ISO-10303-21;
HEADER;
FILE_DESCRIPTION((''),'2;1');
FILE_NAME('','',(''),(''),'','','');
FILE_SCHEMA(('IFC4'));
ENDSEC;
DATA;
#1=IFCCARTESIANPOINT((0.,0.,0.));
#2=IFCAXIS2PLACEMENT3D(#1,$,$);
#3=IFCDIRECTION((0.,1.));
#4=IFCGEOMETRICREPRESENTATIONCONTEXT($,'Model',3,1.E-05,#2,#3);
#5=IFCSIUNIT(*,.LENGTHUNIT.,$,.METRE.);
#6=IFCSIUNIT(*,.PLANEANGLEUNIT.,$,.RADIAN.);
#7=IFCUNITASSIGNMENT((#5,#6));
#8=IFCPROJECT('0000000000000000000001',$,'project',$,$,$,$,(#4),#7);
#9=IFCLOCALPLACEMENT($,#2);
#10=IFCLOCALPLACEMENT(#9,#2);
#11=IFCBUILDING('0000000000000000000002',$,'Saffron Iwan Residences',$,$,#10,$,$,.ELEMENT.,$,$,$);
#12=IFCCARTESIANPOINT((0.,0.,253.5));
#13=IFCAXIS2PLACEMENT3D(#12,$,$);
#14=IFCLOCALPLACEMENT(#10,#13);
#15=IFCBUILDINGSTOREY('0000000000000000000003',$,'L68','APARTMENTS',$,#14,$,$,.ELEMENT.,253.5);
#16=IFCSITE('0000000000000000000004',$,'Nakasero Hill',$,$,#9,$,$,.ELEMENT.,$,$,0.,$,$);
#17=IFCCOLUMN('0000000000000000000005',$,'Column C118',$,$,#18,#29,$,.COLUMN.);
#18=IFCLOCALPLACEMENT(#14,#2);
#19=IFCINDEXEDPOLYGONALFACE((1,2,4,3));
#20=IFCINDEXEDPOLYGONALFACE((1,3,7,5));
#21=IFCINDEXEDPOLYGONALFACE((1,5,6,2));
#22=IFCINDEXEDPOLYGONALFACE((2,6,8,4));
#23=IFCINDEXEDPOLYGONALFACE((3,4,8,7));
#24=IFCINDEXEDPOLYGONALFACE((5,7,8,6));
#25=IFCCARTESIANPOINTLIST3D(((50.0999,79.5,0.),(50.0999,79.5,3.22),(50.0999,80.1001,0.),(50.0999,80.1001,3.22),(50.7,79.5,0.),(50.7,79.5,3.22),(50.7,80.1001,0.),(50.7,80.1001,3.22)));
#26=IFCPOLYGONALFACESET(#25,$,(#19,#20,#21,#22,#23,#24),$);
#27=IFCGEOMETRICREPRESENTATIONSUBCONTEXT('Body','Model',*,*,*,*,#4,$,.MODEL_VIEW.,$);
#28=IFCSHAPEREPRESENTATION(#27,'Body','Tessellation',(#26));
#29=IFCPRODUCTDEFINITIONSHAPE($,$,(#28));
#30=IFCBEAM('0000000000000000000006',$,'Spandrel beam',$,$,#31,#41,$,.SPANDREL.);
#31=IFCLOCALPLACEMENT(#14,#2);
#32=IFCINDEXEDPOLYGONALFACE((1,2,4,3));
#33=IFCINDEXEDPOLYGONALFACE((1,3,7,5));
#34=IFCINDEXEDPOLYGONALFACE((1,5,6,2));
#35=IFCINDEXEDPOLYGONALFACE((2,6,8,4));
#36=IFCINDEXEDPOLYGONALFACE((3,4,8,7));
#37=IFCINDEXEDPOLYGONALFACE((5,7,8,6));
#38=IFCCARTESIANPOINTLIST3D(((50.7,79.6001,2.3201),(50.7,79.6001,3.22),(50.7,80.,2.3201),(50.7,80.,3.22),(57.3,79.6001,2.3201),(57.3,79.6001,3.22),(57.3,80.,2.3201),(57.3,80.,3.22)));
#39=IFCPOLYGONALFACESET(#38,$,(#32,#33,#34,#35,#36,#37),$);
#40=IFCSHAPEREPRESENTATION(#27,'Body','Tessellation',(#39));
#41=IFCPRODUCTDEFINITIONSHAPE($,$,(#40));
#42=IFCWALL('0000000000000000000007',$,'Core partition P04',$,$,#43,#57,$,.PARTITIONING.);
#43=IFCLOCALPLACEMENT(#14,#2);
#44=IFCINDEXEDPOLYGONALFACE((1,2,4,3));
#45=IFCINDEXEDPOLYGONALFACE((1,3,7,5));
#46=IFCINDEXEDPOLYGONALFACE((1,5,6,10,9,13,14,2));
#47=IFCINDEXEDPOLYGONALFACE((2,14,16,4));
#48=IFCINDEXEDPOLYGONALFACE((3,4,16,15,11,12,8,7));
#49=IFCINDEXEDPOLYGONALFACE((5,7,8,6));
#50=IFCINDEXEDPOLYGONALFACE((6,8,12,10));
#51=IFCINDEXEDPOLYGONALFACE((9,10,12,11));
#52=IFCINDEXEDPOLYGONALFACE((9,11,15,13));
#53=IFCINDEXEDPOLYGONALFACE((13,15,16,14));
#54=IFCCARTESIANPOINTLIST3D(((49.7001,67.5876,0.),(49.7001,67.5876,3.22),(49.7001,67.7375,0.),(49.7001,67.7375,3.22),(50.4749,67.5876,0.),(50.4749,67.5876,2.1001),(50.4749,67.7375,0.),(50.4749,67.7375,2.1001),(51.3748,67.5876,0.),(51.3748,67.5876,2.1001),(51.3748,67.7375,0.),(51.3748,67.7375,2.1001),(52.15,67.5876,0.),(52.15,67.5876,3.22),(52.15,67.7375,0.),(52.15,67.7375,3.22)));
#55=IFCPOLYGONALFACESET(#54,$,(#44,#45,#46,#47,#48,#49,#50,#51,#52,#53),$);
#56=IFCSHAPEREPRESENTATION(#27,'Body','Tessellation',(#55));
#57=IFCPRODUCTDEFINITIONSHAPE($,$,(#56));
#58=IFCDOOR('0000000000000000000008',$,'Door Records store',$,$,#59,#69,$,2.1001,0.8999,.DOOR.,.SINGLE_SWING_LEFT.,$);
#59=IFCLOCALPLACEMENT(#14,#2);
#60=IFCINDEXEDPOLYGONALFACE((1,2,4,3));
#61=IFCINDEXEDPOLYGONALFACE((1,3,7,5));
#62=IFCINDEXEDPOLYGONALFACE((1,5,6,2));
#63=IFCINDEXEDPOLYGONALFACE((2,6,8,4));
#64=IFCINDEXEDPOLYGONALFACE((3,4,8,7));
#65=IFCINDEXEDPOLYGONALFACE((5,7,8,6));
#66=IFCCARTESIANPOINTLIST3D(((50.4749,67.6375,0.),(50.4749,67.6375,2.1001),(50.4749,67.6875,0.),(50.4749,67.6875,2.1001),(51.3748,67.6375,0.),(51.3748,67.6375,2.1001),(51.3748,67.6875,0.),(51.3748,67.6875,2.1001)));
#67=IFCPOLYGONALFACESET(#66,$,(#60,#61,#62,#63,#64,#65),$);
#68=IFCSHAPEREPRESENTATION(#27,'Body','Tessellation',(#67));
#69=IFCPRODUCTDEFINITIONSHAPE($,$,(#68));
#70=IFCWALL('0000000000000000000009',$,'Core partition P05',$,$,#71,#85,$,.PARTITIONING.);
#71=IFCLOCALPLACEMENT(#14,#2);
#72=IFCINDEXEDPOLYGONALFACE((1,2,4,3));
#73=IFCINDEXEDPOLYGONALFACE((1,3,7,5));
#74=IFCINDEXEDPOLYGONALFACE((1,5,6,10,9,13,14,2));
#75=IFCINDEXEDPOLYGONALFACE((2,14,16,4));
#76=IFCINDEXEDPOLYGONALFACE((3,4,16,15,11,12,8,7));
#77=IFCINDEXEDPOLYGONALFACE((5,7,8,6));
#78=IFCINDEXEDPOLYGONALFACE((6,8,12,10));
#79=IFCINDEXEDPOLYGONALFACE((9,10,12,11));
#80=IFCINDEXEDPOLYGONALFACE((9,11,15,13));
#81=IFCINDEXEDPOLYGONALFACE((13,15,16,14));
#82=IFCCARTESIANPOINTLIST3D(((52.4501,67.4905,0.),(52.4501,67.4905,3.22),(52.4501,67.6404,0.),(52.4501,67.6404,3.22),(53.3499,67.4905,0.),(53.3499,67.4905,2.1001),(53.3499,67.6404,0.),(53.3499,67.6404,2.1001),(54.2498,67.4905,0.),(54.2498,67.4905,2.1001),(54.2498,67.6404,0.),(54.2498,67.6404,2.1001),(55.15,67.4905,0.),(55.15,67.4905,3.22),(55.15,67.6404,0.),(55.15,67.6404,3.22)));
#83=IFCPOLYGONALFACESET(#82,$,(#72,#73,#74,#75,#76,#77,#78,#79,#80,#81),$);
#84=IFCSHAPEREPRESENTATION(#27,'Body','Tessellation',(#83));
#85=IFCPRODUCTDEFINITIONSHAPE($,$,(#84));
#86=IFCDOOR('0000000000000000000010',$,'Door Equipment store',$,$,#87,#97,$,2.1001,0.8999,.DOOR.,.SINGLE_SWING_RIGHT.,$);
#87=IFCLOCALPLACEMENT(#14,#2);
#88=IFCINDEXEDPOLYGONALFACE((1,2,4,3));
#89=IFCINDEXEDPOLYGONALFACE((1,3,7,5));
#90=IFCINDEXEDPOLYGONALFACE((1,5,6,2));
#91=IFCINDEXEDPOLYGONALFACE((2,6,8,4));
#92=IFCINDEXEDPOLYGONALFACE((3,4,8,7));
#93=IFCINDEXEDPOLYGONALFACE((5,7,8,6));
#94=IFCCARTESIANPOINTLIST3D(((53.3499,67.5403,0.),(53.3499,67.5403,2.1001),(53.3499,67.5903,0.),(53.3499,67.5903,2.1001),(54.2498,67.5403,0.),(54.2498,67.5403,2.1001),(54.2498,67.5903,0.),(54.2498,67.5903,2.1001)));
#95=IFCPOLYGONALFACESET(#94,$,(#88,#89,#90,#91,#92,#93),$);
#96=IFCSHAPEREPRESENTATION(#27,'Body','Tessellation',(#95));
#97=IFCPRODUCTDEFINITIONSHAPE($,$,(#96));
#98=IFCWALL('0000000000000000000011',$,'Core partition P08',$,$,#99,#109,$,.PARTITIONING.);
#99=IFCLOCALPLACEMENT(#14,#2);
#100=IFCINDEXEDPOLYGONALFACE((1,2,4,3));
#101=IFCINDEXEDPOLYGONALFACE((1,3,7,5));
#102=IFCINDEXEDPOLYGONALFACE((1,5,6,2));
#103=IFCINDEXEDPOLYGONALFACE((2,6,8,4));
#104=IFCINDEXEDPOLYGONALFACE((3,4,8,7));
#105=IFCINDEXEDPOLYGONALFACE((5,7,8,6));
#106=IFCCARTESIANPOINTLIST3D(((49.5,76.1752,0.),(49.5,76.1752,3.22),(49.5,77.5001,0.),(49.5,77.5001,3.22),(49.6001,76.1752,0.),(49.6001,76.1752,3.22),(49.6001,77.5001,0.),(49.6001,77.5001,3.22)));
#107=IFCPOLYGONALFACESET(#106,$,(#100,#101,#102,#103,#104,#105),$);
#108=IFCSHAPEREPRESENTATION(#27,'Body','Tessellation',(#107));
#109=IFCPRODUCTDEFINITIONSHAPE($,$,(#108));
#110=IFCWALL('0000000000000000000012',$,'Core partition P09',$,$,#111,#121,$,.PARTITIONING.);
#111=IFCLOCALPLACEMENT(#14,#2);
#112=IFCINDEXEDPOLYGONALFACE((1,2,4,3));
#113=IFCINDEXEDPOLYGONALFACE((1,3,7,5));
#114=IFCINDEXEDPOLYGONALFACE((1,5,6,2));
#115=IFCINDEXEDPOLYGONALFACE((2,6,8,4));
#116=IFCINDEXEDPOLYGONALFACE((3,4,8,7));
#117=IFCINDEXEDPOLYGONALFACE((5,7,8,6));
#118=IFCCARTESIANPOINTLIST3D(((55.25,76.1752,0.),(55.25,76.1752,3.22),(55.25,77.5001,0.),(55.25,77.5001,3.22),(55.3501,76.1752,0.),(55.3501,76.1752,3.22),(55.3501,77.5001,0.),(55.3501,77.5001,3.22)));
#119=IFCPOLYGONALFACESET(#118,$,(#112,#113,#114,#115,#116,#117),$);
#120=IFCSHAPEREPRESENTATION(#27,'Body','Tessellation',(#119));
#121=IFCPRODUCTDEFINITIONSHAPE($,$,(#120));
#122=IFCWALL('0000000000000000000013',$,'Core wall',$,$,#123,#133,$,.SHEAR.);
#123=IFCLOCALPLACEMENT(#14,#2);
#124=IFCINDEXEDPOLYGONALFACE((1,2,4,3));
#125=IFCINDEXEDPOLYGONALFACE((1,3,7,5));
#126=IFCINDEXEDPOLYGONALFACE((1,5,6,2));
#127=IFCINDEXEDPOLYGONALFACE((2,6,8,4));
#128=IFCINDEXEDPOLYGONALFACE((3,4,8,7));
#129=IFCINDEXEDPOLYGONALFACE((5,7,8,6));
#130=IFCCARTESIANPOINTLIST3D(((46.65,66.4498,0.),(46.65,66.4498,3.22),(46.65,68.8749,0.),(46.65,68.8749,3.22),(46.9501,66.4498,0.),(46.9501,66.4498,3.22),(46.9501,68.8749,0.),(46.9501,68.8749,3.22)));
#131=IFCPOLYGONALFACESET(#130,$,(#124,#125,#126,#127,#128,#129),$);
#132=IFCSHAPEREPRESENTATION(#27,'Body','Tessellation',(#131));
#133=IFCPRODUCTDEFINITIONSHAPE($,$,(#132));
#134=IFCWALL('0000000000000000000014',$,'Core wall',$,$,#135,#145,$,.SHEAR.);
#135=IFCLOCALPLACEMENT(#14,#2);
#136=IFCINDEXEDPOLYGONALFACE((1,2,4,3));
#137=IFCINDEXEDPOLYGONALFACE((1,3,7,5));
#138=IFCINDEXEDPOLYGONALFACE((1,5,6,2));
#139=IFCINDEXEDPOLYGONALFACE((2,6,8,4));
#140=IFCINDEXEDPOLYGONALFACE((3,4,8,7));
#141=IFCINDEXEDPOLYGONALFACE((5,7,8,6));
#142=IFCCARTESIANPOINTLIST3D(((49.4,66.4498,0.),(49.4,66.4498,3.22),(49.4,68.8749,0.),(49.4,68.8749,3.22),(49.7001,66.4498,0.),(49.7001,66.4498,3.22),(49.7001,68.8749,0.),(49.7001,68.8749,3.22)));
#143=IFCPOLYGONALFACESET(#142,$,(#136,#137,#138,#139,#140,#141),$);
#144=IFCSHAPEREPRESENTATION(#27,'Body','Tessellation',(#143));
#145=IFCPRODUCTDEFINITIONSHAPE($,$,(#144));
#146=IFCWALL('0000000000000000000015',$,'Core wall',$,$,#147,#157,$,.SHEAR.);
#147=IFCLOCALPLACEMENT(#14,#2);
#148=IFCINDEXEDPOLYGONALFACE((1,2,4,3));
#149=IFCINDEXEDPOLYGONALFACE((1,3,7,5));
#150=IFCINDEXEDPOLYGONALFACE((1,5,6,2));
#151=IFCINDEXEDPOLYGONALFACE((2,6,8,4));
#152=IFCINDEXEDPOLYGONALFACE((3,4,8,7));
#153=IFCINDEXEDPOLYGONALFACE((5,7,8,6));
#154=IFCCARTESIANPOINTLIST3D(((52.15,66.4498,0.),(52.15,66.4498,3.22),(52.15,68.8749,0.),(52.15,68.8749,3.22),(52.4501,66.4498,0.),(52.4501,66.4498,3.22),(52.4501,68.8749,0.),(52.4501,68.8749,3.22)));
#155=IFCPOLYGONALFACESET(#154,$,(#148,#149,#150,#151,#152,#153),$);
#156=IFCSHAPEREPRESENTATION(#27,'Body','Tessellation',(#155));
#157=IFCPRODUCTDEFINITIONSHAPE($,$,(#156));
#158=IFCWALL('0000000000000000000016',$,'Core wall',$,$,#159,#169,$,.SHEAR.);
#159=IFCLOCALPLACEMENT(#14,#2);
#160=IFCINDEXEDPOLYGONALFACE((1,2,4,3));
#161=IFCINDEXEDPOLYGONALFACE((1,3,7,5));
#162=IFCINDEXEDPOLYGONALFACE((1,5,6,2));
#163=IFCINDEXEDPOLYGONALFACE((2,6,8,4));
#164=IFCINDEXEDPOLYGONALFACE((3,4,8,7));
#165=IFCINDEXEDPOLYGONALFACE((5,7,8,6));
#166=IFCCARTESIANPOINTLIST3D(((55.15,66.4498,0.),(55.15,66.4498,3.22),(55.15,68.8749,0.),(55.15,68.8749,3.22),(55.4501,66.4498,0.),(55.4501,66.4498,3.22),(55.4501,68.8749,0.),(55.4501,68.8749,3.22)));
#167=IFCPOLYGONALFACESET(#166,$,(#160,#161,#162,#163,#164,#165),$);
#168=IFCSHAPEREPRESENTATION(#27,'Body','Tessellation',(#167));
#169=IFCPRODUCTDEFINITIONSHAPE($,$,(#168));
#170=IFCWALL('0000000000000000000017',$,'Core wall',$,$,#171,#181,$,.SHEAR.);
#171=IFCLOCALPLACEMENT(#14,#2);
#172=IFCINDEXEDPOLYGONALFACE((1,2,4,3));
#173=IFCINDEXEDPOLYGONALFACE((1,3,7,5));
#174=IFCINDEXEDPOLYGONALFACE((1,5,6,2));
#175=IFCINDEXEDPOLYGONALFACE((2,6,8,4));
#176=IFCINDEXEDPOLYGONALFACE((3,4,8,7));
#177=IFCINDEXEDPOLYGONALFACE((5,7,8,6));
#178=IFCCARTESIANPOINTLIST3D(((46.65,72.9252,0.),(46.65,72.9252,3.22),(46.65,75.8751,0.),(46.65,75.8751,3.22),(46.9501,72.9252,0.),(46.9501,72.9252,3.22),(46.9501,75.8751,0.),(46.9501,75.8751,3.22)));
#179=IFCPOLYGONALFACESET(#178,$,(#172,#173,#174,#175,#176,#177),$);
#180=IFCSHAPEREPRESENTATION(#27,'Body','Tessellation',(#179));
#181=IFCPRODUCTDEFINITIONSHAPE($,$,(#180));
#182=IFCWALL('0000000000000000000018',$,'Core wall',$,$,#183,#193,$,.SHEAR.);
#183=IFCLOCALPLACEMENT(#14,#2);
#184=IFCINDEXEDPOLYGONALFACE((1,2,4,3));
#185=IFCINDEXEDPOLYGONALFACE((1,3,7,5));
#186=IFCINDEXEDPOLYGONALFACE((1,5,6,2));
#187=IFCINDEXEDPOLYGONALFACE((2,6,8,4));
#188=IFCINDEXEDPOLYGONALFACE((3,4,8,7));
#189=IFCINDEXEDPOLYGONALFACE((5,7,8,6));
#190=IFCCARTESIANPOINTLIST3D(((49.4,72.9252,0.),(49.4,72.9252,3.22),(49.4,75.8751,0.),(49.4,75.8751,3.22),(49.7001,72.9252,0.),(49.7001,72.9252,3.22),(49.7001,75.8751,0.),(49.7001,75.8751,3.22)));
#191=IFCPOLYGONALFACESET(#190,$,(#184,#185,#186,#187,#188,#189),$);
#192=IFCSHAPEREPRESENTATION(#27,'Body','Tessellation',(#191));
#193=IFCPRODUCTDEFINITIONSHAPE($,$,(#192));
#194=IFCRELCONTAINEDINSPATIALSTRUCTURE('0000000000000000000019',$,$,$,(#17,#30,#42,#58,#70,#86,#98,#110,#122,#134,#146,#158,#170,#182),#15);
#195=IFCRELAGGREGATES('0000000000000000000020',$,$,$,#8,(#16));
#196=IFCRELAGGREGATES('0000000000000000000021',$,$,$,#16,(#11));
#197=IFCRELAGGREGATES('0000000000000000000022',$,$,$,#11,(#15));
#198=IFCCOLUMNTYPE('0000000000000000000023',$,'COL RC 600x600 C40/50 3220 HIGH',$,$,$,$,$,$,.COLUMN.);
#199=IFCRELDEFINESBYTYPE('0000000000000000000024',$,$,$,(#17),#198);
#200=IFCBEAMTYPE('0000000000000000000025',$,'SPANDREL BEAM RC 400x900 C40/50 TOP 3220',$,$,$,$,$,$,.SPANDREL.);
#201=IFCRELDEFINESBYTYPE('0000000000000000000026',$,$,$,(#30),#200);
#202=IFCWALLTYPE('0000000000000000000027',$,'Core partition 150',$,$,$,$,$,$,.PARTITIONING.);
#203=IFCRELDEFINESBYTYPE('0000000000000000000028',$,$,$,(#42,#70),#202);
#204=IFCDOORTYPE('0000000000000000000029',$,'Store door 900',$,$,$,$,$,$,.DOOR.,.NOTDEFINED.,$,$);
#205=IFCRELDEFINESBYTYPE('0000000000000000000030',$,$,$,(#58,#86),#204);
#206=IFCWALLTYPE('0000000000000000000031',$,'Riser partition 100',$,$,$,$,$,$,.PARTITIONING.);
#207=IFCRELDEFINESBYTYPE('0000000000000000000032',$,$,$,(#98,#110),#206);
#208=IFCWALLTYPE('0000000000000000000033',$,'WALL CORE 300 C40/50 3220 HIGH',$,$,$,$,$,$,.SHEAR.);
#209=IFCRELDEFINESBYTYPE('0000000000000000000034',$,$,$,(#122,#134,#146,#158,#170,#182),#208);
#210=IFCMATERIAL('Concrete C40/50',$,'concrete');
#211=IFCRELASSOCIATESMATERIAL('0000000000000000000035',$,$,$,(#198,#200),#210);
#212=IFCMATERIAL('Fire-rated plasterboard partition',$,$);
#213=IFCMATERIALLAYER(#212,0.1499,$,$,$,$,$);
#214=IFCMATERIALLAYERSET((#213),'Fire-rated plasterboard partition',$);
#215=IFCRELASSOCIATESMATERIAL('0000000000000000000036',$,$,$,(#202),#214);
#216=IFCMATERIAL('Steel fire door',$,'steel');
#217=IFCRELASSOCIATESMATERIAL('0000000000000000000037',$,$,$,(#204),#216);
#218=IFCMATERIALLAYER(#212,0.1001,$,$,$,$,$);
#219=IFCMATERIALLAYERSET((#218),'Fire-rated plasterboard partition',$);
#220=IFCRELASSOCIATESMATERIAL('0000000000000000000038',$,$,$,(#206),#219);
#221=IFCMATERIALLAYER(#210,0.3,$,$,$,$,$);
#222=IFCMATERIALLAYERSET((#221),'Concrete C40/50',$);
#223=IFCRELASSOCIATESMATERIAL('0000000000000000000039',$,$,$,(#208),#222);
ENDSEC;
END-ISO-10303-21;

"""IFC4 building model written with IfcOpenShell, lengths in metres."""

from ifc_helpers import new_model, si_unit, direction, frame, frame_2d, origin, origin_2d, place, context, subcontext, project, spatial, rectangle, extrude, source, transform, mapped, material, layer, layer_set, material_profile, profile_set, type_object, element, fill, save


model = new_model("IFC4")

# Units and contexts
model_context = context("Model", 3, precision=1e-05, world=origin(), true_north=direction((0.0, 1.0)))
body_context = subcontext(model_context, "Body", "Model", "MODEL_VIEW")
ifc_project = project(units=[si_unit("LENGTHUNIT", "METRE"), si_unit("PLANEANGLEUNIT", "RADIAN")], contexts=[model_context])

# Site, building, storey
site_placement = place(None, origin())
site = spatial("IfcSite", under=ifc_project, at=site_placement, Name="Nakasero Hill", CompositionType="ELEMENT", RefElevation=0.0)
building_placement = place(site_placement, origin())
building = spatial("IfcBuilding", under=site, at=building_placement, Name="Saffron Iwan Residences", CompositionType="ELEMENT")
storey_placement = place(building_placement, frame((0.0, 0.0, 253.5)))
storey = spatial("IfcBuildingStorey", under=building, at=storey_placement, Name="L68", Description="APARTMENTS", CompositionType="ELEMENT", Elevation=253.5)

# Column
ifc_material_1 = material(Name="Concrete C40/50", Category="concrete")
ifc_material_profile_1 = material_profile(ifc_material_1, rectangle(XDim=0.6001, YDim=0.6001, at=origin_2d()), Name="RC 600x600")
ifc_profile_set_1 = profile_set([ifc_material_profile_1], Name="Concrete C40/50")
column_type = type_object("IfcColumnType", Name="COL RC 600x600 C40/50 3220 HIGH", PredefinedType="COLUMN", material=ifc_profile_set_1)
shared_shape_1 = source(origin(), body_context, "Body", "SweptSolid", [
    extrude(rectangle(XDim=0.6001, YDim=0.6001, at=origin_2d()), origin(), (0.0, 0.0, 1.0), 3.22),
])
column_placement = place(storey_placement, frame((50.3999, 79.8, 0.0), z_axis=(0.0, 0.0, 1.0), x_axis=(1.0, 0.0, 0.0)))
element("IfcColumn", 1, at=column_placement, inside=storey, type_object=column_type, Name="Column C118", PredefinedType="COLUMN", context=body_context, shape_type="MappedRepresentation", body=[
    mapped(shared_shape_1, transform((0.0, 0.0, 0.0))),
])

# Beam
ifc_material_profile_2 = material_profile(ifc_material_1, rectangle(XDim=0.3999, YDim=0.8999, at=origin_2d()), Name="RC 400x900")
ifc_profile_set_2 = profile_set([ifc_material_profile_2], Name="Concrete C40/50")
beam_type = type_object("IfcBeamType", Name="SPANDREL BEAM RC 400x900 C40/50 TOP 3220", PredefinedType="SPANDREL", material=ifc_profile_set_2)
shared_shape_2 = source(origin(), body_context, "Body", "SweptSolid", [
    extrude(rectangle(XDim=0.3999, YDim=0.8999, at=origin_2d()), origin(), (0.0, 0.0, 1.0), 6.6001),
])
beam_placement = place(storey_placement, frame((50.7, 79.8, 2.77), z_axis=(1.0, 0.0, 0.0), x_axis=(0.0, 1.0, 0.0)))
element("IfcBeam", 2, at=beam_placement, inside=storey, type_object=beam_type, Name="Spandrel beam", PredefinedType="SPANDREL", context=body_context, shape_type="MappedRepresentation", body=[
    mapped(shared_shape_2, transform((0.0, 0.0, 0.0))),
])

# Walls, openings, doors
ifc_material_2 = material(Name="Fire-rated plasterboard partition")
ifc_layer_1 = layer(ifc_material_2, 0.1499)
ifc_layer_set_1 = layer_set([ifc_layer_1], Name="Fire-rated plasterboard partition")
wall_type_1 = type_object("IfcWallType", Name="Core partition 150", PredefinedType="PARTITIONING", material=ifc_layer_set_1)
wall_1_placement = place(storey_placement, frame((49.7, 67.6626, 0.0), z_axis=(0.0, 0.0, 1.0), x_axis=(1.0, 0.0, 0.0)))
wall_1 = element("IfcWall", 3, at=wall_1_placement, inside=storey, type_object=wall_type_1, Name="Core partition P04", PredefinedType="PARTITIONING", context=body_context, shape_type="SweptSolid", body=[
    extrude(rectangle(XDim=2.45, YDim=0.1499, at=frame_2d((1.2251, 0.0))), origin(), (0.0, 0.0, 1.0), 3.22),
])
opening_1_placement = place(wall_1_placement, frame((0.7749, 0.0, 0.0)))
opening_1 = element("IfcOpeningElement", 4, at=opening_1_placement, cuts=wall_1, PredefinedType="OPENING", context=body_context, shape_type="SweptSolid", body=[
    extrude(rectangle(XDim=0.8999, YDim=2.1001, at=frame_2d((0.45, 1.05))), frame((0.0, 0.085, 0.0), z_axis=(0.0, -1.0, 0.0), x_axis=(1.0, 0.0, 0.0)), (0.0, 0.0, 1.0), 0.1699),
])
ifc_material_3 = material(Name="Steel fire door", Category="steel")
door_type = type_object("IfcDoorType", Name="Store door 900", OperationType="NOTDEFINED", PredefinedType="DOOR", material=ifc_material_3)
door_1_placement = place(opening_1_placement, origin())
door_1 = element("IfcDoor", 5, at=door_1_placement, inside=storey, type_object=door_type, Name="Door Records store", OperationType="SINGLE_SWING_LEFT", OverallHeight=2.1001, OverallWidth=0.8999, PredefinedType="DOOR", context=body_context, shape_type="SweptSolid", body=[
    extrude(rectangle(XDim=0.8999, YDim=2.1001, at=frame_2d((0.45, 1.05))), frame((0.0, 0.0249, 0.0), z_axis=(0.0, -1.0, 0.0), x_axis=(1.0, 0.0, 0.0)), (0.0, 0.0, 1.0), 0.05),
])
fill(opening_1, door_1)
wall_2_placement = place(storey_placement, frame((52.45, 67.5654, 0.0), z_axis=(0.0, 0.0, 1.0), x_axis=(1.0, 0.0, 0.0)))
wall_2 = element("IfcWall", 6, at=wall_2_placement, inside=storey, type_object=wall_type_1, Name="Core partition P05", PredefinedType="PARTITIONING", context=body_context, shape_type="SweptSolid", body=[
    extrude(rectangle(XDim=2.7, YDim=0.1499, at=frame_2d((1.3501, 0.0))), origin(), (0.0, 0.0, 1.0), 3.22),
])
opening_2_placement = place(wall_2_placement, frame((0.8999, 0.0, 0.0)))
opening_2 = element("IfcOpeningElement", 7, at=opening_2_placement, cuts=wall_2, PredefinedType="OPENING", context=body_context, shape_type="SweptSolid", body=[
    extrude(rectangle(XDim=0.8999, YDim=2.1001, at=frame_2d((0.45, 1.05))), frame((0.0, 0.085, 0.0), z_axis=(0.0, -1.0, 0.0), x_axis=(1.0, 0.0, 0.0)), (0.0, 0.0, 1.0), 0.1699),
])
door_2_placement = place(opening_2_placement, origin())
door_2 = element("IfcDoor", 8, at=door_2_placement, inside=storey, type_object=door_type, Name="Door Equipment store", OperationType="SINGLE_SWING_RIGHT", OverallHeight=2.1001, OverallWidth=0.8999, PredefinedType="DOOR", context=body_context, shape_type="SweptSolid", body=[
    extrude(rectangle(XDim=0.8999, YDim=2.1001, at=frame_2d((0.45, 1.05))), frame((0.0, 0.0249, 0.0), z_axis=(0.0, -1.0, 0.0), x_axis=(1.0, 0.0, 0.0)), (0.0, 0.0, 1.0), 0.05),
])
fill(opening_2, door_2)

# Walls
ifc_layer_2 = layer(ifc_material_2, 0.1001)
ifc_layer_set_2 = layer_set([ifc_layer_2], Name="Fire-rated plasterboard partition")
wall_type_2 = type_object("IfcWallType", Name="Riser partition 100", PredefinedType="PARTITIONING", material=ifc_layer_set_2)
for number, where, z_axis, x_axis, name in (
    (9, (49.55, 76.175, 0.0), (0.0, 0.0, 1.0), (0.0, 1.0, 0.0), "Core partition P08"),
    (10, (55.3, 76.175, 0.0), (0.0, 0.0, 1.0), (0.0, 1.0, 0.0), "Core partition P09"),
):
    element("IfcWall", number, at=place(storey_placement, frame(where, z_axis=z_axis, x_axis=x_axis)), inside=storey, type_object=wall_type_2, Name=name, PredefinedType="PARTITIONING", context=body_context, shape_type="SweptSolid", body=[
        extrude(rectangle(XDim=1.325, YDim=0.1001, at=frame_2d((0.6626, 0.0))), origin(), (0.0, 0.0, 1.0), 3.22),
    ])
ifc_layer_3 = layer(ifc_material_1, 0.3)
ifc_layer_set_3 = layer_set([ifc_layer_3], Name="Concrete C40/50")
wall_type_3 = type_object("IfcWallType", Name="WALL CORE 300 C40/50 3220 HIGH", PredefinedType="SHEAR", material=ifc_layer_set_3)
for number, where, z_axis, x_axis, name in (
    (11, (46.8, 66.45, 0.0), (0.0, 0.0, 1.0), (0.0, 1.0, 0.0), "Core wall"),
    (12, (49.55, 66.45, 0.0), (0.0, 0.0, 1.0), (0.0, 1.0, 0.0), "Core wall"),
    (13, (52.3, 66.45, 0.0), (0.0, 0.0, 1.0), (0.0, 1.0, 0.0), "Core wall"),
    (14, (55.3, 66.45, 0.0), (0.0, 0.0, 1.0), (0.0, 1.0, 0.0), "Core wall"),
):
    element("IfcWall", number, at=place(storey_placement, frame(where, z_axis=z_axis, x_axis=x_axis)), inside=storey, type_object=wall_type_3, Name=name, PredefinedType="SHEAR", context=body_context, shape_type="SweptSolid", body=[
        extrude(rectangle(XDim=2.425, YDim=0.3, at=frame_2d((1.2124, 0.0))), origin(), (0.0, 0.0, 1.0), 3.22),
    ])
for number, where, z_axis, x_axis, name in (
    (15, (46.8, 72.925, 0.0), (0.0, 0.0, 1.0), (0.0, 1.0, 0.0), "Core wall"),
    (16, (49.55, 72.925, 0.0), (0.0, 0.0, 1.0), (0.0, 1.0, 0.0), "Core wall"),
):
    element("IfcWall", number, at=place(storey_placement, frame(where, z_axis=z_axis, x_axis=x_axis)), inside=storey, type_object=wall_type_3, Name=name, PredefinedType="SHEAR", context=body_context, shape_type="SweptSolid", body=[
        extrude(rectangle(XDim=2.95, YDim=0.3, at=frame_2d((1.4751, 0.0))), origin(), (0.0, 0.0, 1.0), 3.22),
    ])

save(model, "model.ifc")
